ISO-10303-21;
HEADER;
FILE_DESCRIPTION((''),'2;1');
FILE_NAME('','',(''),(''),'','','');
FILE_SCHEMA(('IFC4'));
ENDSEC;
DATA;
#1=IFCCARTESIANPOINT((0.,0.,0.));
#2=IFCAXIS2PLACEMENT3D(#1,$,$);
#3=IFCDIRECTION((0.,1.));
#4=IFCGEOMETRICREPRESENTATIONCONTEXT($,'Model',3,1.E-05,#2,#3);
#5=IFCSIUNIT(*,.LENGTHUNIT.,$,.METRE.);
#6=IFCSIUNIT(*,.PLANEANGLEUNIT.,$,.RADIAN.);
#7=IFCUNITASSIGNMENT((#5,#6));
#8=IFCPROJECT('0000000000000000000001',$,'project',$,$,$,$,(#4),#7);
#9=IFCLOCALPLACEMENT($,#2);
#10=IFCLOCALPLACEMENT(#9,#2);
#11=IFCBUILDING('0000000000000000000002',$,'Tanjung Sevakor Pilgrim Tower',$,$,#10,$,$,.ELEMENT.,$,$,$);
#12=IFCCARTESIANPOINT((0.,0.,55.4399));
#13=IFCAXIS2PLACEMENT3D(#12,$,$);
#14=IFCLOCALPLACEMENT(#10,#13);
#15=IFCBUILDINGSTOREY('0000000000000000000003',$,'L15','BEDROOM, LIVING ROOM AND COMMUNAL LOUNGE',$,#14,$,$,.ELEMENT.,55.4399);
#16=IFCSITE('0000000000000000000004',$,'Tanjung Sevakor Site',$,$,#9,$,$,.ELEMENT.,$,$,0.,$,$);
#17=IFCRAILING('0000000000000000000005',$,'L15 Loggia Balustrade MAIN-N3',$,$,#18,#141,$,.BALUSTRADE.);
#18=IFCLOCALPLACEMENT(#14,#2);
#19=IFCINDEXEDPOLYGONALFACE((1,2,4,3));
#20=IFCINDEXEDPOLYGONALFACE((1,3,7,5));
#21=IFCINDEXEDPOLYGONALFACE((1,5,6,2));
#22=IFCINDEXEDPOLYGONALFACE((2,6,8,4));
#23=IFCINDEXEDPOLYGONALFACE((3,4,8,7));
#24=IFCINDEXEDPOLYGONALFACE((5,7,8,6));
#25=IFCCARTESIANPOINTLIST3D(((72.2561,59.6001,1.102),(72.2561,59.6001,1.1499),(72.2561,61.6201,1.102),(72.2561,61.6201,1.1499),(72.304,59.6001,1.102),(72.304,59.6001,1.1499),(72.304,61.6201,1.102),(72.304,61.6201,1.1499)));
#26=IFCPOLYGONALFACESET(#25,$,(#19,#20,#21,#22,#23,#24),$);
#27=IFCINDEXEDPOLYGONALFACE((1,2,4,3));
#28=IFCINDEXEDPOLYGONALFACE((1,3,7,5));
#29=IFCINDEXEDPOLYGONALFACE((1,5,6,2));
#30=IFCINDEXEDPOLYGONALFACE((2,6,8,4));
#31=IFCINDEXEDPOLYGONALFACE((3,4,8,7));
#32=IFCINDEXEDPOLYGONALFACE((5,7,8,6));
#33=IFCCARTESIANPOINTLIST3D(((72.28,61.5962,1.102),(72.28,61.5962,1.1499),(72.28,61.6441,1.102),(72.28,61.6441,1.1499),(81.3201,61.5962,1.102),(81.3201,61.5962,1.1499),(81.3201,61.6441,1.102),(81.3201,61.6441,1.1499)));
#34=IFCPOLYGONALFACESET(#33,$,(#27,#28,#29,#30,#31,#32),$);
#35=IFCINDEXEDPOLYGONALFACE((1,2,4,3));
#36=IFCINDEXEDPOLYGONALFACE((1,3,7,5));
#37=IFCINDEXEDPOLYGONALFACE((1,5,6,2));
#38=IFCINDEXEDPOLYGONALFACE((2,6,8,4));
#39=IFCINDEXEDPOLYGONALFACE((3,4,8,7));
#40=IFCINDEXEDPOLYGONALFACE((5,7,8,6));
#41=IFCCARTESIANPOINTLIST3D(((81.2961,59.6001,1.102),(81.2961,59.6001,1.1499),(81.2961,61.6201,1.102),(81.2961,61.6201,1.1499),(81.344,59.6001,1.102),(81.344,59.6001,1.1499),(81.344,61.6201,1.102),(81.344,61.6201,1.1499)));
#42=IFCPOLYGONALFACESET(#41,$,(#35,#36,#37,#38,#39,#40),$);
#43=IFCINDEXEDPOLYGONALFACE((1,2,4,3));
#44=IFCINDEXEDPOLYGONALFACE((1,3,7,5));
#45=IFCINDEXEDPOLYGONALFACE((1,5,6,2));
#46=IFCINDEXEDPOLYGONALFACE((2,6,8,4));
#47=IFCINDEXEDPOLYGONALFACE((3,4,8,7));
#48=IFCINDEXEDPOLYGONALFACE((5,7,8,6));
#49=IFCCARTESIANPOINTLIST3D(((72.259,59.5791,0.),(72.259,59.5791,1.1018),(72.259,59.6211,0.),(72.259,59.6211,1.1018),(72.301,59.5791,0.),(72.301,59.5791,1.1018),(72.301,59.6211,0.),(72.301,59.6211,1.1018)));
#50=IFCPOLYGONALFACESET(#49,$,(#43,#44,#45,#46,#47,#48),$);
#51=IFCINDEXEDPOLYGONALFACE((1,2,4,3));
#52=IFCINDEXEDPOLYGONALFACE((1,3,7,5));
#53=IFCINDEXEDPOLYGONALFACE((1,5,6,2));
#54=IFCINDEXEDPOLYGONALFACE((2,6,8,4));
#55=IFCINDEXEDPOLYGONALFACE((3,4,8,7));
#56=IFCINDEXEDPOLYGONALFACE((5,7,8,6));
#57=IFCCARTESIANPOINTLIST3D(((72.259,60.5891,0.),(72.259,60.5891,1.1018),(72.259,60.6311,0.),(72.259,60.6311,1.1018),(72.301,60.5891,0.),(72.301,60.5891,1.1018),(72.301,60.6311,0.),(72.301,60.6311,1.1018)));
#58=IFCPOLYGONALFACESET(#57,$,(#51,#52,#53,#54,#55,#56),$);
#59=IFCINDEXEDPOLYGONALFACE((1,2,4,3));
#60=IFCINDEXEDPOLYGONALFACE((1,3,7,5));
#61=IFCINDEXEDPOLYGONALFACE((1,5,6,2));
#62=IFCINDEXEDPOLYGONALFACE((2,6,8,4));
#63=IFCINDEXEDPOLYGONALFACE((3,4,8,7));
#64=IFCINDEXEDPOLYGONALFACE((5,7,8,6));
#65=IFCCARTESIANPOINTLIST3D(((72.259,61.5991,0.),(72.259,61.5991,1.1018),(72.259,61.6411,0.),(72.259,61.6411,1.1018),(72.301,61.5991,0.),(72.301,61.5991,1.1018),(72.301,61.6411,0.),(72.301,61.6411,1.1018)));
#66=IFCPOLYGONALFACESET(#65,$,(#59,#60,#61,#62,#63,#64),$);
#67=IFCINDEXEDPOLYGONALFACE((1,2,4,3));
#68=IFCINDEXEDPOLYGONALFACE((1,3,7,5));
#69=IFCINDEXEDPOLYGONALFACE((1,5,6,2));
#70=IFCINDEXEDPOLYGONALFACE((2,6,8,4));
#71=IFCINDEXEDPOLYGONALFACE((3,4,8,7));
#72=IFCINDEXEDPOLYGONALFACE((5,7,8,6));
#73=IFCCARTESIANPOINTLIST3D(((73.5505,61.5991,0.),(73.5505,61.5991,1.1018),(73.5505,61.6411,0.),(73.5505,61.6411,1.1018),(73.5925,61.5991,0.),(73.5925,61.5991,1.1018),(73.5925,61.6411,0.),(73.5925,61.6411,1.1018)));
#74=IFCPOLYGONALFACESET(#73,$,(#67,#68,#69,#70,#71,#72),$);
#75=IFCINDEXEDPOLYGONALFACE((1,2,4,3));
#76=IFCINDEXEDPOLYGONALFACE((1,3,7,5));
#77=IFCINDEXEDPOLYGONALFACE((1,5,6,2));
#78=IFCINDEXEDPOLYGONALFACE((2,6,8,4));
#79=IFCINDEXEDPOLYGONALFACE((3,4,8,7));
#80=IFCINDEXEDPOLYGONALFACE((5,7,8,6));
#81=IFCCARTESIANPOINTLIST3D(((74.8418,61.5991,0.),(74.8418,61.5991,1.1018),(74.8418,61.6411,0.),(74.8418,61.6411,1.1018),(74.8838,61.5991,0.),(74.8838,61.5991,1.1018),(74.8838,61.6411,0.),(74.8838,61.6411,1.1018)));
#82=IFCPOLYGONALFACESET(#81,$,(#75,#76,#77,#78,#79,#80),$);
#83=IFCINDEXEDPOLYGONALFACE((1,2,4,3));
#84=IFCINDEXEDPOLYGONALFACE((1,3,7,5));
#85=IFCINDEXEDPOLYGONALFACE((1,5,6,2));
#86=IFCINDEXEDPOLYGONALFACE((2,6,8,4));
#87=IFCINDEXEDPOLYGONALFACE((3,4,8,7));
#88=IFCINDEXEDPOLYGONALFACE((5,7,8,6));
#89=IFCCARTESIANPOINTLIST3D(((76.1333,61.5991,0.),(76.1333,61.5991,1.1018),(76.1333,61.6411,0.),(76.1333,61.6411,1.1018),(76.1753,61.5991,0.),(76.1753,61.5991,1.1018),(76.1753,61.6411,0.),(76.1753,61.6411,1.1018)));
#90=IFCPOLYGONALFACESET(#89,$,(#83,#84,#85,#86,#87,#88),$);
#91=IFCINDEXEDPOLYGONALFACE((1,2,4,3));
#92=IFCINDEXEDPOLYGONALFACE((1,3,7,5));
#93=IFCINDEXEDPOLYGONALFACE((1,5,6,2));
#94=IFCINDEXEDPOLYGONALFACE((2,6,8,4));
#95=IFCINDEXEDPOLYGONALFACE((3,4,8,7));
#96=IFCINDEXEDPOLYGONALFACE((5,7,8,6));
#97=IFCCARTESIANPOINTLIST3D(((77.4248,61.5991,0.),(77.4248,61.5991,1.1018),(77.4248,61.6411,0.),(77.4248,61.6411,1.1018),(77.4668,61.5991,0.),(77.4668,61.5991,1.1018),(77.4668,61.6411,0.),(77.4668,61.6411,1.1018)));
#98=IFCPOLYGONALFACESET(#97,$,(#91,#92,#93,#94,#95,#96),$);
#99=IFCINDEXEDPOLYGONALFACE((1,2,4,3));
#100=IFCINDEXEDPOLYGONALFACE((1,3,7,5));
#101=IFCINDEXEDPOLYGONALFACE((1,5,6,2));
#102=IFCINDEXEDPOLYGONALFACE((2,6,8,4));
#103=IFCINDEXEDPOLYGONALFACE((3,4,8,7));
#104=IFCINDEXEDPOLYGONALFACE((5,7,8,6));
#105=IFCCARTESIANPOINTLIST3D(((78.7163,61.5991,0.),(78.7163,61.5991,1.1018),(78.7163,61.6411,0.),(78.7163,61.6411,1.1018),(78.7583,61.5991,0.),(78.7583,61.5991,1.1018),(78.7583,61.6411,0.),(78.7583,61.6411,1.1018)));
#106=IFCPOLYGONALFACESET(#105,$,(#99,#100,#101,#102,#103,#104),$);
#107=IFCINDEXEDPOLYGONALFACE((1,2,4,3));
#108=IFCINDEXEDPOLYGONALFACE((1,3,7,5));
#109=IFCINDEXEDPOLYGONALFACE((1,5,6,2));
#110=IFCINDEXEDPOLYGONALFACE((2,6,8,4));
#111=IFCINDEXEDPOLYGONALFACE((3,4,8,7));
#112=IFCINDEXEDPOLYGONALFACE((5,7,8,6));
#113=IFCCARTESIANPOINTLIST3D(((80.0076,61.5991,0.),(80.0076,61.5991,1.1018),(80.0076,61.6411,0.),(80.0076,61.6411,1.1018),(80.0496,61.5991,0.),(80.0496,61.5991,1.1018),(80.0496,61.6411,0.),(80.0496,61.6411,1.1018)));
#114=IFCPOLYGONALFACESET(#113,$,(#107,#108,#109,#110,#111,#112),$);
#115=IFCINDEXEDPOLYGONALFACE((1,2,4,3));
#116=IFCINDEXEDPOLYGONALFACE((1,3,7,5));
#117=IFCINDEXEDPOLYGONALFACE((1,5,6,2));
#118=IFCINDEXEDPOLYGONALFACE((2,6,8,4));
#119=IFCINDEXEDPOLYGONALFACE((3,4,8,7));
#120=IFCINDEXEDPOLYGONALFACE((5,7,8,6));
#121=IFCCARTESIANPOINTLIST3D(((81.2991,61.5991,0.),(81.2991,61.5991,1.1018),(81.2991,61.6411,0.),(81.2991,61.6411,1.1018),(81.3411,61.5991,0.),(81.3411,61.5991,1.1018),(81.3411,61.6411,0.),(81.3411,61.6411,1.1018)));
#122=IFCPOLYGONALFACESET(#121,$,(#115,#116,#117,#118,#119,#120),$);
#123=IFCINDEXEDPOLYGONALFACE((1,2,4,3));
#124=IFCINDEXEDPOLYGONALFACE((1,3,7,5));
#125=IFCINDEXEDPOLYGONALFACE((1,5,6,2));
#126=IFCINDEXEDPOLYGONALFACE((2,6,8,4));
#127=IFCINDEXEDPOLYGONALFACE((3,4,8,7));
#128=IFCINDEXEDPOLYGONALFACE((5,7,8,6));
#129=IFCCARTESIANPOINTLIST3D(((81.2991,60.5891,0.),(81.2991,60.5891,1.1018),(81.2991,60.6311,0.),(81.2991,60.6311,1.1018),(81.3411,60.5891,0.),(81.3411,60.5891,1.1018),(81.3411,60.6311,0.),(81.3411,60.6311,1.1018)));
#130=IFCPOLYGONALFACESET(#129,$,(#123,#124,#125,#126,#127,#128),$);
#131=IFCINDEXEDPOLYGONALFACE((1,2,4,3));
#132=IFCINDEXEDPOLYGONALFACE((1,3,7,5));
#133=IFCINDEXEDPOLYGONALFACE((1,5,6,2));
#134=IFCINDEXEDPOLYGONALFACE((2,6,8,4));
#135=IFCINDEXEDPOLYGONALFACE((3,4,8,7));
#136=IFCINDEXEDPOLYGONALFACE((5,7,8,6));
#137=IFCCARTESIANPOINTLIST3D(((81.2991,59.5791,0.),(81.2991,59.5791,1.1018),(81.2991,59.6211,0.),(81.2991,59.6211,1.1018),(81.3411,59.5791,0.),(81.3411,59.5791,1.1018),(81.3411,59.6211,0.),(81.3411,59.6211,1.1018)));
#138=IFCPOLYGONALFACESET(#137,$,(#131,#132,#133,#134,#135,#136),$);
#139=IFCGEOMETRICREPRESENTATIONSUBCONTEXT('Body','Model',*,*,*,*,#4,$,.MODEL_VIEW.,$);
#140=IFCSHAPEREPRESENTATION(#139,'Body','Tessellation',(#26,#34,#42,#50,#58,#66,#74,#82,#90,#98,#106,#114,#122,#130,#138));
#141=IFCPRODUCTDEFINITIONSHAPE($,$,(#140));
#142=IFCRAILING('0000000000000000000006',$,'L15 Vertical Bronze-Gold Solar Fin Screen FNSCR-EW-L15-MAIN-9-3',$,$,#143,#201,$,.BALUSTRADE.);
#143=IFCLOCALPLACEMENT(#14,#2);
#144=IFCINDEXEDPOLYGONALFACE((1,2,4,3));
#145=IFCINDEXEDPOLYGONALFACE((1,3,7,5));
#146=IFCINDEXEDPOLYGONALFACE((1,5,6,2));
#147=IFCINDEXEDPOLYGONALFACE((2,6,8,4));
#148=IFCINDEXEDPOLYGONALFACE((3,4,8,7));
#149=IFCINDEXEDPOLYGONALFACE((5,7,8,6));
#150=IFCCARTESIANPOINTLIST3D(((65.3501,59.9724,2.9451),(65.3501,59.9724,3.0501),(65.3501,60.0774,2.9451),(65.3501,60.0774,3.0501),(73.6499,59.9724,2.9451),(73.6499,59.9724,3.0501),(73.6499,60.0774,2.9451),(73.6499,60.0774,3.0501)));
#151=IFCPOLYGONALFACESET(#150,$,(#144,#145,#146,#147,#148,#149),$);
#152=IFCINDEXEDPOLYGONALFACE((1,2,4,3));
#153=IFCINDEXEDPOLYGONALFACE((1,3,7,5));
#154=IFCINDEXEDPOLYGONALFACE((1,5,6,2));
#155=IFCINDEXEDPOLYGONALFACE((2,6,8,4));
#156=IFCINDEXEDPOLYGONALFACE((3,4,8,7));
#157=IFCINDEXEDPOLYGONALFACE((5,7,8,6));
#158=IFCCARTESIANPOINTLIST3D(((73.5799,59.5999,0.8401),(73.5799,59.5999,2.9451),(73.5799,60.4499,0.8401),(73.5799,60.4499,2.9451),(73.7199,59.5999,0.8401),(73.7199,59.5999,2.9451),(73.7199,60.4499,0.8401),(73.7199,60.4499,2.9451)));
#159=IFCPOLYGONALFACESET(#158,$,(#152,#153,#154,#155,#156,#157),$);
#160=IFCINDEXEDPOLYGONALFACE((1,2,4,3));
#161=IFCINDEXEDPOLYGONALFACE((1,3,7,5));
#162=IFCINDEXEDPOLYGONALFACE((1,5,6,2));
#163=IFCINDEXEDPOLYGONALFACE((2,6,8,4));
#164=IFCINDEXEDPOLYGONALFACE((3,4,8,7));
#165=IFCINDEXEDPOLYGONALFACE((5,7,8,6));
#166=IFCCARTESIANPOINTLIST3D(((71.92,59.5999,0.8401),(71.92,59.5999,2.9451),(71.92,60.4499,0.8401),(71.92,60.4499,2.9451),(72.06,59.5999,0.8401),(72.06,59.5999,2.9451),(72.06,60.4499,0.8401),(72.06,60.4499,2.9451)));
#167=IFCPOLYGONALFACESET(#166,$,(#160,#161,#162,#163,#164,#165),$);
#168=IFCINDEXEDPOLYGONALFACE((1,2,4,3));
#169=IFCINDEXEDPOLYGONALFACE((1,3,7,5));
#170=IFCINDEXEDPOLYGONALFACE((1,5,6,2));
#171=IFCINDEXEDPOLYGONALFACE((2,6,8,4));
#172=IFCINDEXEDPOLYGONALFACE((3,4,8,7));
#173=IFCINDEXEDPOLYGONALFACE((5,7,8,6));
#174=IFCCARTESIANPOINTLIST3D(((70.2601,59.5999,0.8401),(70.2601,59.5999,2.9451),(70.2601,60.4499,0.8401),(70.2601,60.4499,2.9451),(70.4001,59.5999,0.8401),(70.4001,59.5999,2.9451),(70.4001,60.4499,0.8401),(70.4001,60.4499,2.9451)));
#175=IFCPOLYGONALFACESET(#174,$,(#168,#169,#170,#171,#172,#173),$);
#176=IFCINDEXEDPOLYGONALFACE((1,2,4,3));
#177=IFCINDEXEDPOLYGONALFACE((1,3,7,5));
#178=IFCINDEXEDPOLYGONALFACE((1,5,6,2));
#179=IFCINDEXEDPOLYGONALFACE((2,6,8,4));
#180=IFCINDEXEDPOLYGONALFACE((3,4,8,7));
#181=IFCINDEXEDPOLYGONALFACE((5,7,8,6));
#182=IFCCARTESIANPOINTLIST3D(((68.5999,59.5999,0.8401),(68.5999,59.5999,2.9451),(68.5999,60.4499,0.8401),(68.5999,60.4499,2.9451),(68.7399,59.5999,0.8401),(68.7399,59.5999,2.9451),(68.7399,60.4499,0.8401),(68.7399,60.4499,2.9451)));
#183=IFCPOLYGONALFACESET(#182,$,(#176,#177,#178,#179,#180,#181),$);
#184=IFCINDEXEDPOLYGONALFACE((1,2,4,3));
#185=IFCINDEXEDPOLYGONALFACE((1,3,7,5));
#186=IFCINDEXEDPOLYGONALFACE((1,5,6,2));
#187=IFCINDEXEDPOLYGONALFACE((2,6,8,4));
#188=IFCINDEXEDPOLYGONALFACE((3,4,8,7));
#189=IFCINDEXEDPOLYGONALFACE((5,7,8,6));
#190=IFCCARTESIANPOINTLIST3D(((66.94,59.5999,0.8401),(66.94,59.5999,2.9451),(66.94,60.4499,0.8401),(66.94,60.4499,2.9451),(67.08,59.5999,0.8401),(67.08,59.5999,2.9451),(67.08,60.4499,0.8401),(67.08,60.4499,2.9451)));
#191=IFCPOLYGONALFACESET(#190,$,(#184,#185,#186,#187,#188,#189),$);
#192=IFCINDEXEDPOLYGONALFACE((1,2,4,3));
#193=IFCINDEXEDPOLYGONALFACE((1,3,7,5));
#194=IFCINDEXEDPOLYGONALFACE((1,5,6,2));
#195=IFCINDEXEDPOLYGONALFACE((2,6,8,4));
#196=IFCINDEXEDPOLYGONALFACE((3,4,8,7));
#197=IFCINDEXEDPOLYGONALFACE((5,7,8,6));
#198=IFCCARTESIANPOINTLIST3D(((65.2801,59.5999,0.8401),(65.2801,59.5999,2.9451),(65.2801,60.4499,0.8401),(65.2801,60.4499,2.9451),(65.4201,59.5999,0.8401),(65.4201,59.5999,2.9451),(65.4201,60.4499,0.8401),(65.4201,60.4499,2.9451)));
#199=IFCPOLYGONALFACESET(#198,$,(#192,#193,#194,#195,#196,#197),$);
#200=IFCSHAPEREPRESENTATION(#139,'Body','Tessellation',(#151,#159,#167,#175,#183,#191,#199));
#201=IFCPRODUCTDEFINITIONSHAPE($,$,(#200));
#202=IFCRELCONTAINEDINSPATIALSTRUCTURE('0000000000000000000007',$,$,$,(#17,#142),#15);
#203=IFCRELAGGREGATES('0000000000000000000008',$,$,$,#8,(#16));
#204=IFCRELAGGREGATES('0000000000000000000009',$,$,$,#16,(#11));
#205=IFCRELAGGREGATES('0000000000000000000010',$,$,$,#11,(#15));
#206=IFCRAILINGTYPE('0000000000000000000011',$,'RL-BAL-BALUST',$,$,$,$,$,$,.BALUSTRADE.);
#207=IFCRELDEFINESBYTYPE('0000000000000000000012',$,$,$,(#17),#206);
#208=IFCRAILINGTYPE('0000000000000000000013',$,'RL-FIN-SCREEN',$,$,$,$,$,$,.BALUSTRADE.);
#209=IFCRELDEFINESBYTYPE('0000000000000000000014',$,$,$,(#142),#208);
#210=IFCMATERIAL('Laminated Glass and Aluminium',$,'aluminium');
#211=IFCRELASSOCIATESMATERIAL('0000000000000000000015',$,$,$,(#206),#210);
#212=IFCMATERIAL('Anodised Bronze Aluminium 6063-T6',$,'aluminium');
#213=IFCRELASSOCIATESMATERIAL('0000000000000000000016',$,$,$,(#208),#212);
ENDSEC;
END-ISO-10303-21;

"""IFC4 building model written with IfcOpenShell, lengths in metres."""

from ifc_helpers import new_model, si_unit, direction, frame, origin, place, context, subcontext, project, spatial, rectangle, extrude, material, type_object, element, save


model = new_model("IFC4")

# Units and contexts
model_context = context("Model", 3, precision=1e-05, world=origin(), true_north=direction((0.0, 1.0)))
body_context = subcontext(model_context, "Body", "Model", "MODEL_VIEW")
ifc_project = project(units=[si_unit("LENGTHUNIT", "METRE"), si_unit("PLANEANGLEUNIT", "RADIAN")], contexts=[model_context])

# Site, building, storey
site_placement = place(None, origin())
site = spatial("IfcSite", under=ifc_project, at=site_placement, Name="Tanjung Sevakor Site", CompositionType="ELEMENT", RefElevation=0.0)
building_placement = place(site_placement, origin())
building = spatial("IfcBuilding", under=site, at=building_placement, Name="Tanjung Sevakor Pilgrim Tower", CompositionType="ELEMENT")
storey_placement = place(building_placement, frame((0.0, 0.0, 55.4399)))
storey = spatial("IfcBuildingStorey", under=building, at=storey_placement, Name="L15", Description="BEDROOM, LIVING ROOM AND COMMUNAL LOUNGE", CompositionType="ELEMENT", Elevation=55.4399)

# Railings
ifc_material_1 = material(Name="Laminated Glass and Aluminium", Category="aluminium")
railing_type_1 = type_object("IfcRailingType", Name="RL-BAL-BALUST", PredefinedType="BALUSTRADE", material=ifc_material_1)
railing_1_placement = place(storey_placement, frame((72.28, 59.6001, 0.0)))
element("IfcRailing", 1, at=railing_1_placement, inside=storey, type_object=railing_type_1, Name="L15 Loggia Balustrade MAIN-N3", PredefinedType="BALUSTRADE", context=body_context, shape_type="SweptSolid", body=[
    extrude(rectangle(XDim=0.0479, YDim=0.0479), frame((0.0, 0.0, 1.126), z_axis=(0.0, 1.0, 0.0), x_axis=(-1.0, 0.0, 0.0)), (0.0, 0.0, 1.0), 2.02),
    extrude(rectangle(XDim=0.0479, YDim=0.0479), frame((0.0, 2.02, 1.126), z_axis=(1.0, 0.0, 0.0), x_axis=(0.0, 1.0, 0.0)), (0.0, 0.0, 1.0), 9.04),
    extrude(rectangle(XDim=0.0479, YDim=0.0479), frame((9.04, 2.02, 1.126), z_axis=(0.0, -1.0, 0.0), x_axis=(1.0, 0.0, 0.0)), (0.0, 0.0, 1.0), 2.02),
    extrude(rectangle(XDim=0.042, YDim=0.042), origin(), (0.0, 0.0, 1.0), 1.1018),
    extrude(rectangle(XDim=0.042, YDim=0.042), frame((0.0, 1.01, 0.0)), (0.0, 0.0, 1.0), 1.1018),
    extrude(rectangle(XDim=0.042, YDim=0.042), frame((0.0, 2.02, 0.0)), (0.0, 0.0, 1.0), 1.1018),
    extrude(rectangle(XDim=0.042, YDim=0.042), frame((1.2915, 2.02, 0.0)), (0.0, 0.0, 1.0), 1.1018),
    extrude(rectangle(XDim=0.042, YDim=0.042), frame((2.5828, 2.02, 0.0)), (0.0, 0.0, 1.0), 1.1018),
    extrude(rectangle(XDim=0.042, YDim=0.042), frame((3.8743, 2.02, 0.0)), (0.0, 0.0, 1.0), 1.1018),
    extrude(rectangle(XDim=0.042, YDim=0.042), frame((5.1658, 2.02, 0.0)), (0.0, 0.0, 1.0), 1.1018),
    extrude(rectangle(XDim=0.042, YDim=0.042), frame((6.4573, 2.02, 0.0)), (0.0, 0.0, 1.0), 1.1018),
    extrude(rectangle(XDim=0.042, YDim=0.042), frame((7.7485, 2.02, 0.0)), (0.0, 0.0, 1.0), 1.1018),
    extrude(rectangle(XDim=0.042, YDim=0.042), frame((9.04, 2.02, 0.0)), (0.0, 0.0, 1.0), 1.1018),
    extrude(rectangle(XDim=0.042, YDim=0.042), frame((9.04, 1.01, 0.0)), (0.0, 0.0, 1.0), 1.1018),
    extrude(rectangle(XDim=0.042, YDim=0.042), frame((9.04, 0.0, 0.0)), (0.0, 0.0, 1.0), 1.1018),
])
ifc_material_2 = material(Name="Anodised Bronze Aluminium 6063-T6", Category="aluminium")
railing_type_2 = type_object("IfcRailingType", Name="RL-FIN-SCREEN", PredefinedType="BALUSTRADE", material=ifc_material_2)
railing_2_placement = place(storey_placement, frame((73.6499, 60.0249, 0.8401)))
element("IfcRailing", 2, at=railing_2_placement, inside=storey, type_object=railing_type_2, Name="L15 Vertical Bronze-Gold Solar Fin Screen FNSCR-EW-L15-MAIN-9-3", PredefinedType="BALUSTRADE", context=body_context, shape_type="SweptSolid", body=[
    extrude(rectangle(XDim=0.105, YDim=0.105), frame((0.0, 0.0, 2.1575), z_axis=(-1.0, 0.0, 0.0), x_axis=(0.0, -1.0, 0.0)), (0.0, 0.0, 1.0), 8.2998),
    extrude(rectangle(XDim=0.14, YDim=0.85), origin(), (0.0, 0.0, 1.0), 2.105),
    extrude(rectangle(XDim=0.14, YDim=0.85), frame((-1.6599, 0.0, 0.0)), (0.0, 0.0, 1.0), 2.105),
    extrude(rectangle(XDim=0.14, YDim=0.85), frame((-3.3198, 0.0, 0.0)), (0.0, 0.0, 1.0), 2.105),
    extrude(rectangle(XDim=0.14, YDim=0.85), frame((-4.98, 0.0, 0.0)), (0.0, 0.0, 1.0), 2.105),
    extrude(rectangle(XDim=0.14, YDim=0.85), frame((-6.6399, 0.0, 0.0)), (0.0, 0.0, 1.0), 2.105),
    extrude(rectangle(XDim=0.14, YDim=0.85), frame((-8.2998, 0.0, 0.0)), (0.0, 0.0, 1.0), 2.105),
])

save(model, "model.ifc")
